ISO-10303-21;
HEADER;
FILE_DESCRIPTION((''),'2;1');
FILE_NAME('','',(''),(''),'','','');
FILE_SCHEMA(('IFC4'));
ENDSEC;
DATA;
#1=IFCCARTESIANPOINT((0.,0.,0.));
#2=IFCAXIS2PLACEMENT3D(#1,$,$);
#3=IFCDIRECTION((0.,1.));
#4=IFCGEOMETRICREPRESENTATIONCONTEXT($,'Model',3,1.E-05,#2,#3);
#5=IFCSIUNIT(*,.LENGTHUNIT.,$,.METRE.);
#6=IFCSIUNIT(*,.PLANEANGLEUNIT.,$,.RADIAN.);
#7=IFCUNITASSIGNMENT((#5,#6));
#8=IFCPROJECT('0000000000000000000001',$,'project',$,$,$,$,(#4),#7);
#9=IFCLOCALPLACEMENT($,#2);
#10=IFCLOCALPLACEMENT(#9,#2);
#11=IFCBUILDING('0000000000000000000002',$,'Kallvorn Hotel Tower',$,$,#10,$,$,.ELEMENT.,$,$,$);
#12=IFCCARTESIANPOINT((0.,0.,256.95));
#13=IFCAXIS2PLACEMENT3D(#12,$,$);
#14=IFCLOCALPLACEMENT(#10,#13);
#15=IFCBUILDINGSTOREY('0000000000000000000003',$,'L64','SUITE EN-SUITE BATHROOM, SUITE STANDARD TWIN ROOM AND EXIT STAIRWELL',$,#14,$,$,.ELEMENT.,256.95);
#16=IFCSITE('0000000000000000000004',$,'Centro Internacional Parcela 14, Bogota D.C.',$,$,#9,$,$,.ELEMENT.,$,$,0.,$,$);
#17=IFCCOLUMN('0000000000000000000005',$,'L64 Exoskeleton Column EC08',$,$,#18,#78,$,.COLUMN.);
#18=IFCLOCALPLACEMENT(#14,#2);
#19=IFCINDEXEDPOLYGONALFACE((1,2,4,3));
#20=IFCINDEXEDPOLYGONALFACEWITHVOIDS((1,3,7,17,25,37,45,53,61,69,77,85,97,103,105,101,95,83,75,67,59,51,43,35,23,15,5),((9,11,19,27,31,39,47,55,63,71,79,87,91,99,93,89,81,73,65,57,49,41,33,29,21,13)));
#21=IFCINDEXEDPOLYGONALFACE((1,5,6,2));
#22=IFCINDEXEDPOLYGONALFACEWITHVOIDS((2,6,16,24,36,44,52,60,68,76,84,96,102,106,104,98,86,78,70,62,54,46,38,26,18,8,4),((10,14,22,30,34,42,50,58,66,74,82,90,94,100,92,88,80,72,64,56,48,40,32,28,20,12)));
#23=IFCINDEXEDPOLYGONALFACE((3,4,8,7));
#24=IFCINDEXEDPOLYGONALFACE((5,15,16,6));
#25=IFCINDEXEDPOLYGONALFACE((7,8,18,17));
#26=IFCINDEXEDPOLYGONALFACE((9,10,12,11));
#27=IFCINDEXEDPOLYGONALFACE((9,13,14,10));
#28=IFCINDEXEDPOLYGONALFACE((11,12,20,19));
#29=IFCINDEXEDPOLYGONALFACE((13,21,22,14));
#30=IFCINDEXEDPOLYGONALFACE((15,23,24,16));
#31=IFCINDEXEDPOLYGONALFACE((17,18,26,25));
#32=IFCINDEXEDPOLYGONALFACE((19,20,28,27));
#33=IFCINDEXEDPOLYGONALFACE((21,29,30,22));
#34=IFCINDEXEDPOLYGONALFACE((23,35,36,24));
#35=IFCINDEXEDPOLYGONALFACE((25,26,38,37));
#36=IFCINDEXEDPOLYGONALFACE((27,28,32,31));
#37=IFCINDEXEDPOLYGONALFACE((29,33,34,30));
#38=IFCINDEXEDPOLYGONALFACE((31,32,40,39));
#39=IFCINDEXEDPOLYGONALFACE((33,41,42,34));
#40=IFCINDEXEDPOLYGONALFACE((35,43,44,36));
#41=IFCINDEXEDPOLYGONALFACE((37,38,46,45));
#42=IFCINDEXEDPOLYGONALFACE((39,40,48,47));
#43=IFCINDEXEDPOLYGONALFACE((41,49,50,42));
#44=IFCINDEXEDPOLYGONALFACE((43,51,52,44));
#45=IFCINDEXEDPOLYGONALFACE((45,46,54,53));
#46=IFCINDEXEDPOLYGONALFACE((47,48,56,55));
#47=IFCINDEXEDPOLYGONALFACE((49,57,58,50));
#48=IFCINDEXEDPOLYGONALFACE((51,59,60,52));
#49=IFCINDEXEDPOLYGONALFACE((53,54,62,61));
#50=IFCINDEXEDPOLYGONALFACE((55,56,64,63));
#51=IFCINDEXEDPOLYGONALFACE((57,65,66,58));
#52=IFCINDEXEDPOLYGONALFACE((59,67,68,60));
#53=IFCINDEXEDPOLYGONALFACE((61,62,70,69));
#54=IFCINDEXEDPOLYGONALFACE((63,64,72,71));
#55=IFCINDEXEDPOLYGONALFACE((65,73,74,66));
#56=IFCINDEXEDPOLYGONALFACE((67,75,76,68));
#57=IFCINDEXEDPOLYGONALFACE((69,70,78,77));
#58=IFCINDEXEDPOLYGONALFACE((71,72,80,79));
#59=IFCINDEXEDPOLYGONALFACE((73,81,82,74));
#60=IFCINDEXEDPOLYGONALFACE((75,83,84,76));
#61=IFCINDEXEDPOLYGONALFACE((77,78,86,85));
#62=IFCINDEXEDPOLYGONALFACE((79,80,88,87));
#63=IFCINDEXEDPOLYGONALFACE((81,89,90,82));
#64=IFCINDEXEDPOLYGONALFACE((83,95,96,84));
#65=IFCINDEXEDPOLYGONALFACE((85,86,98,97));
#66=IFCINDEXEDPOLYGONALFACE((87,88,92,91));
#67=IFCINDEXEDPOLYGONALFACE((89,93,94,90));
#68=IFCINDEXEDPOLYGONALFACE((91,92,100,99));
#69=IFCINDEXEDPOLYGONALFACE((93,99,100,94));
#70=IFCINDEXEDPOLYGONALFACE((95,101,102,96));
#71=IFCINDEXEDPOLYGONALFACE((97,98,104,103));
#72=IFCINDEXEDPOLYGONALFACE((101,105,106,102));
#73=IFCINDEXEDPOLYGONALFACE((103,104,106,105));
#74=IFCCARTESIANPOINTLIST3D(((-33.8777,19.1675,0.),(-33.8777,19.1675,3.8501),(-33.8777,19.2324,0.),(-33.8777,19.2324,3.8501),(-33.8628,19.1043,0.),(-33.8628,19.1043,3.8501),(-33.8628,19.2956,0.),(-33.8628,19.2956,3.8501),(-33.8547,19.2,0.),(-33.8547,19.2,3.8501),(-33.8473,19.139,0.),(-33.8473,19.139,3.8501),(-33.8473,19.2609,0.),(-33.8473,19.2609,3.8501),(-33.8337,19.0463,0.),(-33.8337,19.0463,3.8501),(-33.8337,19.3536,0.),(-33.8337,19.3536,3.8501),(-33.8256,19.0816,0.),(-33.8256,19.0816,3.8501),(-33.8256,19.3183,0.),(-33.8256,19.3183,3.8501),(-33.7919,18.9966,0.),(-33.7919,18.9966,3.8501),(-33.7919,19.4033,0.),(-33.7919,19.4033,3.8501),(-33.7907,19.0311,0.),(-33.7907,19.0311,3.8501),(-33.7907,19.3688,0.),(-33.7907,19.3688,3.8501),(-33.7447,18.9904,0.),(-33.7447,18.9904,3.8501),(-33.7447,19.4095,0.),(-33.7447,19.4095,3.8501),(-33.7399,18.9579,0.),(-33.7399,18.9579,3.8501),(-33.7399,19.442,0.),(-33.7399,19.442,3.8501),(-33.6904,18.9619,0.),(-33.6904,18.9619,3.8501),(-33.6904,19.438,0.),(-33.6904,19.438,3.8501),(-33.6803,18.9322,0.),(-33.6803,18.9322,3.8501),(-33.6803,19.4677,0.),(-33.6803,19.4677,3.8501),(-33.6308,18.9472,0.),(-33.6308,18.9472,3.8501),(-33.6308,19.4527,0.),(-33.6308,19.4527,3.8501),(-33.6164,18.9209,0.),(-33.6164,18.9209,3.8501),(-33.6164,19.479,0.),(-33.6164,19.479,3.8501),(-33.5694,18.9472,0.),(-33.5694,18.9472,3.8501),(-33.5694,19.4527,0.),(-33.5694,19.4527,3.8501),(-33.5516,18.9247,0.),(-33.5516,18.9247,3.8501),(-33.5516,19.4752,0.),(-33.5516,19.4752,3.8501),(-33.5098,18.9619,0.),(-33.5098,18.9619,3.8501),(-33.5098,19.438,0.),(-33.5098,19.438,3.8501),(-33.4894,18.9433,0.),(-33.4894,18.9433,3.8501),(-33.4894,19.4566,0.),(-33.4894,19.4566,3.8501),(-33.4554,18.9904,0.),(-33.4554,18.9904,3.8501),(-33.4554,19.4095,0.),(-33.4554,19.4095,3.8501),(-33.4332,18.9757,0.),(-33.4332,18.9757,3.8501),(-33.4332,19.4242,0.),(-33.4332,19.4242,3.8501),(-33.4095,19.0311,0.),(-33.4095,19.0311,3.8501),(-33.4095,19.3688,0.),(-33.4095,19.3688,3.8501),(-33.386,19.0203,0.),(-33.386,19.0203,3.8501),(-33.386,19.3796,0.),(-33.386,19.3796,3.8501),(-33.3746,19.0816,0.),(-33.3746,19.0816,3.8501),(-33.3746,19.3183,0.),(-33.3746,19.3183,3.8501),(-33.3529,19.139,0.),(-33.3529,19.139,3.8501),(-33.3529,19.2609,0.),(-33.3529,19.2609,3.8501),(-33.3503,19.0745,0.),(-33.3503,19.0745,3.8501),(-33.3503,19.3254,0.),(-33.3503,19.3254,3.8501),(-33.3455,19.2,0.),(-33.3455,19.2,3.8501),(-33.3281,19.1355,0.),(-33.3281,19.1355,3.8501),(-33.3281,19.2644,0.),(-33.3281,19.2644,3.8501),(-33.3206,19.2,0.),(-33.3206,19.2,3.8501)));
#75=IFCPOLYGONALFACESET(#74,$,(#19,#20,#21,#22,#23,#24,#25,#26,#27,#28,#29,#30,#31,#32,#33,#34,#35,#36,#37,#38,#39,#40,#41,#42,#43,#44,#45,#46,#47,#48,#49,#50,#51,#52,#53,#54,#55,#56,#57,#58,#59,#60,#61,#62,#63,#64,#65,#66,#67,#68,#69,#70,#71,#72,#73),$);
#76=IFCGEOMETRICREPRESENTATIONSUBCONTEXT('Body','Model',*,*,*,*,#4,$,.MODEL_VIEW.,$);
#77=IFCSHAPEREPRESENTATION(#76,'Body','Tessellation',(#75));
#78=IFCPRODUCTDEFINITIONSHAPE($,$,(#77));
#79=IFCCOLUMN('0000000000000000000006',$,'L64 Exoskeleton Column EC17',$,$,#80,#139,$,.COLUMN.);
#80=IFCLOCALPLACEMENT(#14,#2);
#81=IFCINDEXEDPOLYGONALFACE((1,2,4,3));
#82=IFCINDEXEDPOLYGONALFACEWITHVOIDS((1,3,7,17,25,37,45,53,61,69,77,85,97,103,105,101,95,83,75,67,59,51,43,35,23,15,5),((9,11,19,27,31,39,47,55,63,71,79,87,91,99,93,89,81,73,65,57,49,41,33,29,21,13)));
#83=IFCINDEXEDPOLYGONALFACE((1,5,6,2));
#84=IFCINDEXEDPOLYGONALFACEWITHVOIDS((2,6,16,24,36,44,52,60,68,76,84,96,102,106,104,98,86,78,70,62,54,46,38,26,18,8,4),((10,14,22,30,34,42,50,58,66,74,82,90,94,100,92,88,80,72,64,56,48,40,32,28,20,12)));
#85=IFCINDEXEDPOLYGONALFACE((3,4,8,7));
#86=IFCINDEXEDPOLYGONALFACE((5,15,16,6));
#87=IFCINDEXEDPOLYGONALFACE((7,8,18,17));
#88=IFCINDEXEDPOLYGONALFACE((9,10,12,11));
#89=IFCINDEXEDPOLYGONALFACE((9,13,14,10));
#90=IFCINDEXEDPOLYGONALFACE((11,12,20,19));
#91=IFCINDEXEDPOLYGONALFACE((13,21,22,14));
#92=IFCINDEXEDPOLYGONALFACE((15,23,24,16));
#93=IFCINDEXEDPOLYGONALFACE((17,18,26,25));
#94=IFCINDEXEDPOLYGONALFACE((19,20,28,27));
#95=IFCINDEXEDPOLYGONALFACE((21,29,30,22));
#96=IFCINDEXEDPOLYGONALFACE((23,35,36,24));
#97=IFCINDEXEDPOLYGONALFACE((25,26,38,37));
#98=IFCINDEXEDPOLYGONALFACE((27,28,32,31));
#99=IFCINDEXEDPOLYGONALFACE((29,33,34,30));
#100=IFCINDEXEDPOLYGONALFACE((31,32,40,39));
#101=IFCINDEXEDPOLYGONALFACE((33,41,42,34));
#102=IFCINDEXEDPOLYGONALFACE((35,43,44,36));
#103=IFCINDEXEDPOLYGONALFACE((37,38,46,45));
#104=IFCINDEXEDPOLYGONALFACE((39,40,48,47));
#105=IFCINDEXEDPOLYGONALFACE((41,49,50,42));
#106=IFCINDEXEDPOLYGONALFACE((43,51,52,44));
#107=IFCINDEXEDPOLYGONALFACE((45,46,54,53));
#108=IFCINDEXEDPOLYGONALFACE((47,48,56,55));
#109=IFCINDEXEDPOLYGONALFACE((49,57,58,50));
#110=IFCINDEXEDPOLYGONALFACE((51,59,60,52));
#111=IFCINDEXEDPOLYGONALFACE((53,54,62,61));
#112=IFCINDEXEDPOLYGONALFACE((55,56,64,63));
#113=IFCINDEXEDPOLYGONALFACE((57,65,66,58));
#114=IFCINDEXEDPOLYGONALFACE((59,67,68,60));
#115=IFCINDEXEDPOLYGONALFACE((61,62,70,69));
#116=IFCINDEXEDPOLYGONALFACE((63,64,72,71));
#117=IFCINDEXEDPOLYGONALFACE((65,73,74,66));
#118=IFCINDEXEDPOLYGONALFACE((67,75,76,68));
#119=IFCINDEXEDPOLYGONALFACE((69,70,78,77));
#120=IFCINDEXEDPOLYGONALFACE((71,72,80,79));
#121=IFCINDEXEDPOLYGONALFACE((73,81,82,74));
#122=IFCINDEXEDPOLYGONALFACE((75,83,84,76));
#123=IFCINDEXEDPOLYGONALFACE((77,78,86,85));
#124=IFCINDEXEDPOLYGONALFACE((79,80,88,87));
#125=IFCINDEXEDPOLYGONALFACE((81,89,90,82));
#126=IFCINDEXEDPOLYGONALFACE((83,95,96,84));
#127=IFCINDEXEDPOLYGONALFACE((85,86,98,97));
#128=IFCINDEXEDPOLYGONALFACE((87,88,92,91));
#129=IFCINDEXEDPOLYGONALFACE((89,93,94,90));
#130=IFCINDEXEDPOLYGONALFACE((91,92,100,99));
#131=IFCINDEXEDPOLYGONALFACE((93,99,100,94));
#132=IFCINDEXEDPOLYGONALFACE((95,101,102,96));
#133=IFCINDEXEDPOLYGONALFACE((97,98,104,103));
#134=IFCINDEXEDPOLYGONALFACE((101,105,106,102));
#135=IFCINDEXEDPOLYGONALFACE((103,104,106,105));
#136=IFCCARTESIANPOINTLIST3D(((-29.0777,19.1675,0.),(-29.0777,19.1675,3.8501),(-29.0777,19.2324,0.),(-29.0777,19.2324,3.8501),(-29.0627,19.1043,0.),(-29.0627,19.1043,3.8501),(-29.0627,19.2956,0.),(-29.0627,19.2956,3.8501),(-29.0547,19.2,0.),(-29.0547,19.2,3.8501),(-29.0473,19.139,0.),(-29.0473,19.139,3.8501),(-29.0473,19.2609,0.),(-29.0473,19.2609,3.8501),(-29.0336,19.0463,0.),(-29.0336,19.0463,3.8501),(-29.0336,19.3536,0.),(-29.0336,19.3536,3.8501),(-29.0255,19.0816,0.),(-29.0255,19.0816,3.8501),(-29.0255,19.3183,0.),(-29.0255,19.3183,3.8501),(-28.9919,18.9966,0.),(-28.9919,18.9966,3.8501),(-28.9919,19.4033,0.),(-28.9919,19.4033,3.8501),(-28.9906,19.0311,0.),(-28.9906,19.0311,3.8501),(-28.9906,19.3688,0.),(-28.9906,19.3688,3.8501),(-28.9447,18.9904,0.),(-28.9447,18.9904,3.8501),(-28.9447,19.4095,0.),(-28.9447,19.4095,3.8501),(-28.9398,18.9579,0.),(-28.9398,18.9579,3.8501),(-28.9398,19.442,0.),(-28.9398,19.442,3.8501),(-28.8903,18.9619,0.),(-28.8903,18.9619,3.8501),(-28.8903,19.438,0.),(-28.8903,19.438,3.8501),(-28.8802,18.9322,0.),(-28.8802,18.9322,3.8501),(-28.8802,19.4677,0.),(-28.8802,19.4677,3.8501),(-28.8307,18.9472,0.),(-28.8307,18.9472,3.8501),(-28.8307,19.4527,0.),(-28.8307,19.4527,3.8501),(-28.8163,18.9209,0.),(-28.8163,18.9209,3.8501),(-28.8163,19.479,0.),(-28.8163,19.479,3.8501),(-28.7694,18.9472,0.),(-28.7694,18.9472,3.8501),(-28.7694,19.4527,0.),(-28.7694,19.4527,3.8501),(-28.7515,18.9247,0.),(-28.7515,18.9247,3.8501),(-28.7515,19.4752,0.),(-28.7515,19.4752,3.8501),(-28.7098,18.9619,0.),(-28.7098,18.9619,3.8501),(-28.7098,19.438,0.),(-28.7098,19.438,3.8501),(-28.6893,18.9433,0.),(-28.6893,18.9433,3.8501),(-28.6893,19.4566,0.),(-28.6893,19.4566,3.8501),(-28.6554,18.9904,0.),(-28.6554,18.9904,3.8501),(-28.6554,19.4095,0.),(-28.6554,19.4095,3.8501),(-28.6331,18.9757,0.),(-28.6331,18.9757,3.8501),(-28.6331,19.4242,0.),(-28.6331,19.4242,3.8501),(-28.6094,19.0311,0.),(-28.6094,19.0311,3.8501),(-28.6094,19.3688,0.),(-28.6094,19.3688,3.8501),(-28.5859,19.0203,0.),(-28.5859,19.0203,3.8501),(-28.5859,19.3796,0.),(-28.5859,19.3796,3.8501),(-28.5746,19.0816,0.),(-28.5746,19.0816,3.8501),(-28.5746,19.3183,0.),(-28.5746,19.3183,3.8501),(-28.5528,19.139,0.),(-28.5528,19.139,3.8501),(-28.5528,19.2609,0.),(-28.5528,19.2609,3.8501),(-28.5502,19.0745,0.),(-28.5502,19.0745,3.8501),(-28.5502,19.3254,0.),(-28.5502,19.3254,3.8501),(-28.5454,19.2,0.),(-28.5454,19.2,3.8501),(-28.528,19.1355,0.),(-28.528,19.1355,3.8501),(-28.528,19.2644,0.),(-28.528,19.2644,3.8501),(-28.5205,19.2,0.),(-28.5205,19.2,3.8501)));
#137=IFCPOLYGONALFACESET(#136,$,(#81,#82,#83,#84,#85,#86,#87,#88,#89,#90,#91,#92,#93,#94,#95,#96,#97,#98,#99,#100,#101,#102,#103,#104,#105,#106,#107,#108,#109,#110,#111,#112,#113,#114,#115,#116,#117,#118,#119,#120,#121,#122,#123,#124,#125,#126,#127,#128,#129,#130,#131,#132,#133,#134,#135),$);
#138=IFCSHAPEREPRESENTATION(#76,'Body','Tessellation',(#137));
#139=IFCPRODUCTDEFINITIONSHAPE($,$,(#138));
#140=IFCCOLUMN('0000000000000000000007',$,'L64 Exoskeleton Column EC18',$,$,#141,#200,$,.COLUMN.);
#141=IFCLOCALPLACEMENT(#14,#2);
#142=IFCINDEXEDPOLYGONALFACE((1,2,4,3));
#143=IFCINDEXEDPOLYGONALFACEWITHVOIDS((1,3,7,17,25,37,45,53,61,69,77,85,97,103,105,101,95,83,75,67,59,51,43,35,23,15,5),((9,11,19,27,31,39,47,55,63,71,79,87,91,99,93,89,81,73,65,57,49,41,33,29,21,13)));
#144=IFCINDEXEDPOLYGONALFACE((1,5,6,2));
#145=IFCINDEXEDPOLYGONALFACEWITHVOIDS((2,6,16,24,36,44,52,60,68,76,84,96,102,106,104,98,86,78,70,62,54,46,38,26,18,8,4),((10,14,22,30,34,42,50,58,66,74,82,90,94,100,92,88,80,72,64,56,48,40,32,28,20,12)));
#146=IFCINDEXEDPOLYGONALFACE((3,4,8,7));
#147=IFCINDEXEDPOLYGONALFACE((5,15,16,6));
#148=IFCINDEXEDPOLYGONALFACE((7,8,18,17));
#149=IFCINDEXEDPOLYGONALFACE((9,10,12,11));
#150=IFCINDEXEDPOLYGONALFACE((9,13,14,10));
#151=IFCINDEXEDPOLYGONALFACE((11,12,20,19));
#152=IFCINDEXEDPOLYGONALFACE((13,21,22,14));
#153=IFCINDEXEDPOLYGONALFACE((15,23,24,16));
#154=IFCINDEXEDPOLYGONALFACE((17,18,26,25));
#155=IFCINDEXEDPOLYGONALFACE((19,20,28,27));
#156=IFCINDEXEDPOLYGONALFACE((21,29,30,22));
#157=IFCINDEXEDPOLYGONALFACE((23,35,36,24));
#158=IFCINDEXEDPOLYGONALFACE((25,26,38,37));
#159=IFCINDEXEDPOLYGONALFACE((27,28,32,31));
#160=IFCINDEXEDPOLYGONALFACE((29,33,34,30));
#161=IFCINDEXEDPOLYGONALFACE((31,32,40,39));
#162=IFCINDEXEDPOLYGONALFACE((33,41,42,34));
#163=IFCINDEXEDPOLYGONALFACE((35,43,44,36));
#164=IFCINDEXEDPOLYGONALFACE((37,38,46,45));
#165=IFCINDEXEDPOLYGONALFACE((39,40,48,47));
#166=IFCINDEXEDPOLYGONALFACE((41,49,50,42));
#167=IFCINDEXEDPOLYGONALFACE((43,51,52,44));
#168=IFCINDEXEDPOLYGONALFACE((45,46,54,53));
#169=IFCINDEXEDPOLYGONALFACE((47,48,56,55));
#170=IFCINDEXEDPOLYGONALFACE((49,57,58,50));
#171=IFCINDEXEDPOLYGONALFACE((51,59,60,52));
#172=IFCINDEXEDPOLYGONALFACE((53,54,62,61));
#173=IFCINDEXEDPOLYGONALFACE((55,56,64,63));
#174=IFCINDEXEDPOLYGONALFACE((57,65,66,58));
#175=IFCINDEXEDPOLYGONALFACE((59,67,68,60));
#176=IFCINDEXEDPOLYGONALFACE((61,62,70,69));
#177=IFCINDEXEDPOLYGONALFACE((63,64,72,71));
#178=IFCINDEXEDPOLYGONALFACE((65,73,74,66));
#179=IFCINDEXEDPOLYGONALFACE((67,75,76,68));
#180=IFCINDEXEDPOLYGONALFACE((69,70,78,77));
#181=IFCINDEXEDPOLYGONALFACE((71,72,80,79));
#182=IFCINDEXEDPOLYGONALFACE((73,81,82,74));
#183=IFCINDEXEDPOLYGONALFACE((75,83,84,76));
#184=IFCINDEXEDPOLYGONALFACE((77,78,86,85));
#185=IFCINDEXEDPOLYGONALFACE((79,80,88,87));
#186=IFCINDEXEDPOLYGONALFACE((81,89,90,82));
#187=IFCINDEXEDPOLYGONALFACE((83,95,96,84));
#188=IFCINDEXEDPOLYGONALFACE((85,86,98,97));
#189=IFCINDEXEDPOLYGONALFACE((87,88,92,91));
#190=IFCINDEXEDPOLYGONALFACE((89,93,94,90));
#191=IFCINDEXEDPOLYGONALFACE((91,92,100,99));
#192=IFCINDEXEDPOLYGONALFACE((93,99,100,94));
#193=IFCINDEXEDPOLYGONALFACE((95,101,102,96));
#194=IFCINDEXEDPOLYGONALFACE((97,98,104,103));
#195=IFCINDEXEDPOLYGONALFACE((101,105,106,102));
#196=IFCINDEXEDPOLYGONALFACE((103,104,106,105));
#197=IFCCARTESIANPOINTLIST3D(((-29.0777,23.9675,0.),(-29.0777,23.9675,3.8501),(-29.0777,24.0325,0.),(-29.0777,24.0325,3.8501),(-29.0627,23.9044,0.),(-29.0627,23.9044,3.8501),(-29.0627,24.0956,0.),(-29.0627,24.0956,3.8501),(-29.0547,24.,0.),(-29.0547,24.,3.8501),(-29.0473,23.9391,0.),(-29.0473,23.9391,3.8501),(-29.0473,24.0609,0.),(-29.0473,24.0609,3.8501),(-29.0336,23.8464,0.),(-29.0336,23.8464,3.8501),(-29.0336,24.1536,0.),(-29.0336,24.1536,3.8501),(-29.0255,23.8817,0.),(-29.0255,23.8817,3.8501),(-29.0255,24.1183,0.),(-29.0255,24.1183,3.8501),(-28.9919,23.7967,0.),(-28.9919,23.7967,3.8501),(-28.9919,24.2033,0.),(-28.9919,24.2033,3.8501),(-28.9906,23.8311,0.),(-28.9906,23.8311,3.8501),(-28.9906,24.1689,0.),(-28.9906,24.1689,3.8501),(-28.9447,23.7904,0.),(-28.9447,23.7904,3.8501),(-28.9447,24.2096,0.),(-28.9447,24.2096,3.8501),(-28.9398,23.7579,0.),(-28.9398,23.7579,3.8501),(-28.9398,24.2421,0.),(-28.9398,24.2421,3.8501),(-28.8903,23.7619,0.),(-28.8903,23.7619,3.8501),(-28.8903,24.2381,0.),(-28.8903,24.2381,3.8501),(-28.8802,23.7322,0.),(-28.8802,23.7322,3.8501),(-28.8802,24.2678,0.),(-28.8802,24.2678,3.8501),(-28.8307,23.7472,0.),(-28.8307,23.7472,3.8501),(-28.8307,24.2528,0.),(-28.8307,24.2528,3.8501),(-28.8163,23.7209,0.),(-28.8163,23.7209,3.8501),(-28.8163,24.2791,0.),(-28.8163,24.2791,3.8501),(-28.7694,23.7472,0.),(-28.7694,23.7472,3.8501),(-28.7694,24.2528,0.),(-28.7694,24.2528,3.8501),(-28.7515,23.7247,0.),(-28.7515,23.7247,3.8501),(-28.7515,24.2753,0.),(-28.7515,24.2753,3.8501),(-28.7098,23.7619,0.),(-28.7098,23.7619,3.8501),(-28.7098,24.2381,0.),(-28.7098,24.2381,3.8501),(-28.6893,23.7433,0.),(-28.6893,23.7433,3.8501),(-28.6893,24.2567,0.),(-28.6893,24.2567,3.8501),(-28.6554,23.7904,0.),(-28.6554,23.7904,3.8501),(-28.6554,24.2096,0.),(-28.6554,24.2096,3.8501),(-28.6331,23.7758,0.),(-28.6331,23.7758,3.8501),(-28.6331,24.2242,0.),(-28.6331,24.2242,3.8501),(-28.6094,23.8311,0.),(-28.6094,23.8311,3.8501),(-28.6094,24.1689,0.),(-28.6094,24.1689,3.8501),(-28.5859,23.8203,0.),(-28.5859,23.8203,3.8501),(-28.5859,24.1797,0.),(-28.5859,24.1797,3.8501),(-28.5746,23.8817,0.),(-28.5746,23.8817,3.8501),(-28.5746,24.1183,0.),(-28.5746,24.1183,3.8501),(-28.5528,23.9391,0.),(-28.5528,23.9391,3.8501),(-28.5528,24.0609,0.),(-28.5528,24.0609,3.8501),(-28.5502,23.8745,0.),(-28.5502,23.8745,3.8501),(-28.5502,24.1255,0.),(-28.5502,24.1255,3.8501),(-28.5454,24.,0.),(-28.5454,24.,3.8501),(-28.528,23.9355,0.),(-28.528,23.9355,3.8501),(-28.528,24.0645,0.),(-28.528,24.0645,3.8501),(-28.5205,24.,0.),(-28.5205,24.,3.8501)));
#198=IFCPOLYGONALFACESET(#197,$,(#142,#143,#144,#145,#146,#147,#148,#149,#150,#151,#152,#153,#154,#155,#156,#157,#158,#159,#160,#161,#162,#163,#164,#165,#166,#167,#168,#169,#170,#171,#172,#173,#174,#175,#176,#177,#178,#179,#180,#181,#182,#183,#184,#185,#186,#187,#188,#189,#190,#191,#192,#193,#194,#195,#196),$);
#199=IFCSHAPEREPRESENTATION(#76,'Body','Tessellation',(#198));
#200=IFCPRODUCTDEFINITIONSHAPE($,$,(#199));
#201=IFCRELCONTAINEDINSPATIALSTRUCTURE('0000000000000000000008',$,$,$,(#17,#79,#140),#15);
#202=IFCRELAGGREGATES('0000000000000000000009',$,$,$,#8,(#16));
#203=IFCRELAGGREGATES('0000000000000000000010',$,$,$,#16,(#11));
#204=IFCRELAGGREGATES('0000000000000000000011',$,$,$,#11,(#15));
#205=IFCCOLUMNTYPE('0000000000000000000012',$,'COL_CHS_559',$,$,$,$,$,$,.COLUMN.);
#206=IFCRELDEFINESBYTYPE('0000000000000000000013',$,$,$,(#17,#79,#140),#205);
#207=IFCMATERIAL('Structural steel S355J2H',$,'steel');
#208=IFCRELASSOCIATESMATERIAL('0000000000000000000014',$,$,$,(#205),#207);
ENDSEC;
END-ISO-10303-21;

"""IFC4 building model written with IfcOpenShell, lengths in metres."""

from ifc_helpers import new_model, si_unit, direction, frame, origin, origin_2d, place, context, subcontext, project, spatial, hollow_circle, extrude, material, material_profile, profile_set, type_object, element, save


model = new_model("IFC4")

# Units and contexts
model_context = context("Model", 3, precision=1e-05, world=origin(), true_north=direction((0.0, 1.0)))
body_context = subcontext(model_context, "Body", "Model", "MODEL_VIEW")
ifc_project = project(units=[si_unit("LENGTHUNIT", "METRE"), si_unit("PLANEANGLEUNIT", "RADIAN")], contexts=[model_context])

# Site, building, storey
site_placement = place(None, origin())
site = spatial("IfcSite", under=ifc_project, at=site_placement, Name="Centro Internacional Parcela 14, Bogota D.C.", CompositionType="ELEMENT", RefElevation=0.0)
building_placement = place(site_placement, origin())
building = spatial("IfcBuilding", under=site, at=building_placement, Name="Kallvorn Hotel Tower", CompositionType="ELEMENT")
storey_placement = place(building_placement, frame((0.0, 0.0, 256.95)))
storey = spatial("IfcBuildingStorey", under=building, at=storey_placement, Name="L64", Description="SUITE EN-SUITE BATHROOM, SUITE STANDARD TWIN ROOM AND EXIT STAIRWELL", CompositionType="ELEMENT", Elevation=256.95)

# Columns
ifc_material_1 = material(Name="Structural steel S355J2H", Category="steel")
ifc_material_profile_1 = material_profile(ifc_material_1, hollow_circle(Radius=0.2795, WallThickness=0.0249, at=origin_2d()), Name="CHS 559x25")
ifc_profile_set_1 = profile_set([ifc_material_profile_1], Name="Structural steel S355J2H")
column_type_1 = type_object("IfcColumnType", Name="COL_CHS_559", PredefinedType="COLUMN", material=ifc_profile_set_1)
for number, where, z_axis, x_axis, name in (
    (1, (-33.6001, 19.2, 0.0), (0.0, 0.0, 1.0), (1.0, 0.0, 0.0), "L64 Exoskeleton Column EC08"),
    (2, (-28.8, 19.2, 0.0), (0.0, 0.0, 1.0), (1.0, 0.0, 0.0), "L64 Exoskeleton Column EC17"),
    (3, (-28.8, 24.0, 0.0), (0.0, 0.0, 1.0), (1.0, 0.0, 0.0), "L64 Exoskeleton Column EC18"),
):
    element("IfcColumn", number, at=place(storey_placement, frame(where, z_axis=z_axis, x_axis=x_axis)), inside=storey, type_object=column_type_1, Name=name, PredefinedType="COLUMN", context=body_context, shape_type="SweptSolid", body=[
        extrude(hollow_circle(Radius=0.2795, WallThickness=0.0249, at=origin_2d()), origin(), (0.0, 0.0, 1.0), 3.8501),
    ])

save(model, "model.ifc")
